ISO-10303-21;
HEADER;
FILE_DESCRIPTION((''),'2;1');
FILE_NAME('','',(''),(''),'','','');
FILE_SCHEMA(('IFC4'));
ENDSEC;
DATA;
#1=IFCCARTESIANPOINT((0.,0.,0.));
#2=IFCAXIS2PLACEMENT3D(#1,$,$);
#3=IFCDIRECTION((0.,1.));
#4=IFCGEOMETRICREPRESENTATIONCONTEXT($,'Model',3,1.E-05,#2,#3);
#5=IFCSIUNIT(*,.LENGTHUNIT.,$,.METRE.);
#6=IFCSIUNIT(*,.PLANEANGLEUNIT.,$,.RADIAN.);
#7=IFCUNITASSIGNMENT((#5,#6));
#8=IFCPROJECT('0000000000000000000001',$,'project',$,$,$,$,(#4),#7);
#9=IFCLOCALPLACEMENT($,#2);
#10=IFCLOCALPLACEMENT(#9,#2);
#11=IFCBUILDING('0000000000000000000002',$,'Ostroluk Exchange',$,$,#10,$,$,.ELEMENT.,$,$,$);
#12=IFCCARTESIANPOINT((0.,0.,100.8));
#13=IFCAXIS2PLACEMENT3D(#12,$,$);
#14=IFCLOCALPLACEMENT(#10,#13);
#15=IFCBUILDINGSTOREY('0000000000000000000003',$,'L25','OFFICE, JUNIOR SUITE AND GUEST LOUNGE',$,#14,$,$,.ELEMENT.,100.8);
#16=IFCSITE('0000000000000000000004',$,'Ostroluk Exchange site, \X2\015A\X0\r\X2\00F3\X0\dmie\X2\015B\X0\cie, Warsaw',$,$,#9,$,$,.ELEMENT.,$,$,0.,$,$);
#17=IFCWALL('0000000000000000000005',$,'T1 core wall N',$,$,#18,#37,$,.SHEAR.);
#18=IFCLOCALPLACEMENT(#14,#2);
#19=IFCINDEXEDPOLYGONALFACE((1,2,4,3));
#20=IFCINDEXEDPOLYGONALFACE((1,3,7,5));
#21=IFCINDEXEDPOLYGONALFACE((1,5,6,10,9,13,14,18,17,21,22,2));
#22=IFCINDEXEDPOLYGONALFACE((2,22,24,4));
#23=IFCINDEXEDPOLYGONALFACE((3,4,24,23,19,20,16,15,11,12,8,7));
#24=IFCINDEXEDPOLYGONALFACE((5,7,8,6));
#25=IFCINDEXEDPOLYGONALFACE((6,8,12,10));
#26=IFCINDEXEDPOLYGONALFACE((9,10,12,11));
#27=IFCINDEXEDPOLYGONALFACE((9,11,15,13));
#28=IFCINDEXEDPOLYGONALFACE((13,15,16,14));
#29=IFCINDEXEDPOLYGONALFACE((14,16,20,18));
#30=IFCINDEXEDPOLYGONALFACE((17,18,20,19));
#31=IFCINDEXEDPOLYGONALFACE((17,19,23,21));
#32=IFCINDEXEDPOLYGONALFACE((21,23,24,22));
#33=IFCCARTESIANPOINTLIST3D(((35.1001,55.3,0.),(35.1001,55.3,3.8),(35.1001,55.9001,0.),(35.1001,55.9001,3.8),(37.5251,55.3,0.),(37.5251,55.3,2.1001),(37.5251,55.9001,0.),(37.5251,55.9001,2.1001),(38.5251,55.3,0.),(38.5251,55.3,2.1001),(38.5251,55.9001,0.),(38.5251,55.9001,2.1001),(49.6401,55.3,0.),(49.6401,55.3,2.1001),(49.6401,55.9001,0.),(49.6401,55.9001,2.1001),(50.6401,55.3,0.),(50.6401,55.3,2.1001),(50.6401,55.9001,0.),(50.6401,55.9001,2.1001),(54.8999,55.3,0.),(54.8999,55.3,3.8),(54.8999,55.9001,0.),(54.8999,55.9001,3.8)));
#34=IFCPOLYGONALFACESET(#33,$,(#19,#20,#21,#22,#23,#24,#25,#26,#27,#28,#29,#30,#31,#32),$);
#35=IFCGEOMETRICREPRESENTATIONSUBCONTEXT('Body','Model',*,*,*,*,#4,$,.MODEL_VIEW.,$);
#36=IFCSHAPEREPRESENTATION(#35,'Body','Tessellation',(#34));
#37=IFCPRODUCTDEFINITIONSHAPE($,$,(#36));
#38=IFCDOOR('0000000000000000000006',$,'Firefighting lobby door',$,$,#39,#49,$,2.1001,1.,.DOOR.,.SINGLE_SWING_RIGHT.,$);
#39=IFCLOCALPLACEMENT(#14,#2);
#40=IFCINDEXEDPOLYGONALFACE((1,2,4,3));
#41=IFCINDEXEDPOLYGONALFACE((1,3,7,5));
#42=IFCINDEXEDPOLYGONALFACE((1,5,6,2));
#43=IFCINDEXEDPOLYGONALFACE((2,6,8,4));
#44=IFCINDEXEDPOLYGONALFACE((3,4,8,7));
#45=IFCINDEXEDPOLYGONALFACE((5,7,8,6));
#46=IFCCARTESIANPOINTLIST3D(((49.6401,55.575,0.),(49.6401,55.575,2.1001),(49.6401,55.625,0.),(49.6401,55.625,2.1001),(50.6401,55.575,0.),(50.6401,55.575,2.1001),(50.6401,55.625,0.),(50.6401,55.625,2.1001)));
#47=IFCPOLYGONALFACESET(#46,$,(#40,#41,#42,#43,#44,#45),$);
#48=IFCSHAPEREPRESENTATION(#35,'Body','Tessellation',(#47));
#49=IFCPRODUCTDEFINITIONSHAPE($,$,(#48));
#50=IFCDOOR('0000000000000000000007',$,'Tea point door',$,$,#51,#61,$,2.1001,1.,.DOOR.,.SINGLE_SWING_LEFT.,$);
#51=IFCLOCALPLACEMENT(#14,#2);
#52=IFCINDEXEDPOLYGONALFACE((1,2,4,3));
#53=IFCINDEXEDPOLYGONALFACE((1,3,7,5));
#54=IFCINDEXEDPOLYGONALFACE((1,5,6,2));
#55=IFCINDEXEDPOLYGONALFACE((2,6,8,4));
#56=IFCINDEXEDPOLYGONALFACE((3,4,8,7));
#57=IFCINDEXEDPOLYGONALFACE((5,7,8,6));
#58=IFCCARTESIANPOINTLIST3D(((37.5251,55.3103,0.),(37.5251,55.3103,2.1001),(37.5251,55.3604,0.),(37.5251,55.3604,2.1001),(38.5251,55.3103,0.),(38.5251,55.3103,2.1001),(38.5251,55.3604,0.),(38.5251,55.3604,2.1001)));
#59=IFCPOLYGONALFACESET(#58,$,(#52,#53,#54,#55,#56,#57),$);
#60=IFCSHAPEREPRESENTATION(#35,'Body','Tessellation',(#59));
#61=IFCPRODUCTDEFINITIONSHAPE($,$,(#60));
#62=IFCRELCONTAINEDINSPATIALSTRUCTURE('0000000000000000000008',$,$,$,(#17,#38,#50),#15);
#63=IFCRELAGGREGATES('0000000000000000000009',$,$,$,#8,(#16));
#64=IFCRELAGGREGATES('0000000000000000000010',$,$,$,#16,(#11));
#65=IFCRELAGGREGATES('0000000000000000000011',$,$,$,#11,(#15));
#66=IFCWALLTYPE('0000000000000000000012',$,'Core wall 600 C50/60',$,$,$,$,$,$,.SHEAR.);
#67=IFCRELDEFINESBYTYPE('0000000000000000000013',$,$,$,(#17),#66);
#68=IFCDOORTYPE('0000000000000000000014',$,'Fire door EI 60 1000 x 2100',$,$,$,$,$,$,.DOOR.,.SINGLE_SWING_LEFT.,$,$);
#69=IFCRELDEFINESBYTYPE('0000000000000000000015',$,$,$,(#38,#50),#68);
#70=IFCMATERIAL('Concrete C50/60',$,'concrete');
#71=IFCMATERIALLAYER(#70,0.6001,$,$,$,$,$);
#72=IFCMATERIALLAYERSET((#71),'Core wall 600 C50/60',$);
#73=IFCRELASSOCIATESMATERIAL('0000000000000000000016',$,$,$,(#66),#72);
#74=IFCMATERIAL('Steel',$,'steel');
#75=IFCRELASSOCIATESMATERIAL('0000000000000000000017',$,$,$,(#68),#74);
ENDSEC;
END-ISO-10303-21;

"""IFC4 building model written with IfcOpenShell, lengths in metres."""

from ifc_helpers import new_model, si_unit, direction, frame, frame_2d, origin, place, context, subcontext, project, spatial, rectangle, extrude, material, layer, layer_set, type_object, element, fill, save


model = new_model("IFC4")

# Units and contexts
model_context = context("Model", 3, precision=1e-05, world=origin(), true_north=direction((0.0, 1.0)))
body_context = subcontext(model_context, "Body", "Model", "MODEL_VIEW")
ifc_project = project(units=[si_unit("LENGTHUNIT", "METRE"), si_unit("PLANEANGLEUNIT", "RADIAN")], contexts=[model_context])

# Site, building, storey
site_placement = place(None, origin())
site = spatial("IfcSite", under=ifc_project, at=site_placement, Name="Ostroluk Exchange site, Śródmieście, Warsaw", CompositionType="ELEMENT", RefElevation=0.0)
building_placement = place(site_placement, origin())
building = spatial("IfcBuilding", under=site, at=building_placement, Name="Ostroluk Exchange", CompositionType="ELEMENT")
storey_placement = place(building_placement, frame((0.0, 0.0, 100.8)))
storey = spatial("IfcBuildingStorey", under=building, at=storey_placement, Name="L25", Description="OFFICE, JUNIOR SUITE AND GUEST LOUNGE", CompositionType="ELEMENT", Elevation=100.8)

# Wall, openings, doors
ifc_material_1 = material(Name="Concrete C50/60", Category="concrete")
ifc_layer_1 = layer(ifc_material_1, 0.6001)
ifc_layer_set_1 = layer_set([ifc_layer_1], Name="Core wall 600 C50/60")
wall_type_1 = type_object("IfcWallType", Name="Core wall 600 C50/60", PredefinedType="SHEAR", material=ifc_layer_set_1)
wall_1_placement = place(storey_placement, frame((35.1001, 55.6001, 0.0), z_axis=(0.0, 0.0, 1.0), x_axis=(1.0, 0.0, 0.0)))
wall_1 = element("IfcWall", 1, at=wall_1_placement, inside=storey, type_object=wall_type_1, Name="T1 core wall N", PredefinedType="SHEAR", context=body_context, shape_type="SweptSolid", body=[
    extrude(rectangle(XDim=19.7998, YDim=0.6001, at=frame_2d((9.8999, 0.0))), origin(), (0.0, 0.0, 1.0), 3.8),
])
opening_1_placement = place(wall_1_placement, frame((14.54, 0.0, 0.0)))
opening_1 = element("IfcOpeningElement", 2, at=opening_1_placement, cuts=wall_1, PredefinedType="OPENING", context=body_context, shape_type="SweptSolid", body=[
    extrude(rectangle(XDim=1.0, YDim=2.1001, at=frame_2d((0.5, 1.05))), frame((0.0, 0.3101, 0.0), z_axis=(0.0, -1.0, 0.0), x_axis=(1.0, 0.0, 0.0)), (0.0, 0.0, 1.0), 0.6201),
])
opening_2_placement = place(wall_1_placement, frame((2.425, 0.0, 0.0)))
opening_2 = element("IfcOpeningElement", 3, at=opening_2_placement, cuts=wall_1, PredefinedType="OPENING", context=body_context, shape_type="SweptSolid", body=[
    extrude(rectangle(XDim=1.0, YDim=2.1001, at=frame_2d((0.5, 1.05))), frame((0.0, 0.3101, 0.0), z_axis=(0.0, -1.0, 0.0), x_axis=(1.0, 0.0, 0.0)), (0.0, 0.0, 1.0), 0.6201),
])
ifc_material_2 = material(Name="Steel", Category="steel")
door_type = type_object("IfcDoorType", Name="Fire door EI 60 1000 x 2100", OperationType="SINGLE_SWING_LEFT", PredefinedType="DOOR", material=ifc_material_2)
door_1_placement = place(opening_1_placement, origin())
door_1 = element("IfcDoor", 4, at=door_1_placement, inside=storey, type_object=door_type, Name="Firefighting lobby door", OperationType="SINGLE_SWING_RIGHT", OverallHeight=2.1001, OverallWidth=1.0, PredefinedType="DOOR", context=body_context, shape_type="SweptSolid", body=[
    extrude(rectangle(XDim=1.0, YDim=2.1001, at=frame_2d((0.5, 1.05))), frame((0.0, 0.0249, 0.0), z_axis=(0.0, -1.0, 0.0), x_axis=(1.0, 0.0, 0.0)), (0.0, 0.0, 1.0), 0.05),
])
fill(opening_1, door_1)
door_2_placement = place(opening_2_placement, origin())
door_2 = element("IfcDoor", 5, at=door_2_placement, inside=storey, type_object=door_type, Name="Tea point door", OperationType="SINGLE_SWING_LEFT", OverallHeight=2.1001, OverallWidth=1.0, PredefinedType="DOOR", context=body_context, shape_type="SweptSolid", body=[
    extrude(rectangle(XDim=1.0, YDim=2.1001, at=frame_2d((0.5, 1.05))), frame((0.0, -0.2397, 0.0), z_axis=(0.0, -1.0, 0.0), x_axis=(1.0, 0.0, 0.0)), (0.0, 0.0, 1.0), 0.05),
])
fill(opening_2, door_2)

save(model, "model.ifc")
